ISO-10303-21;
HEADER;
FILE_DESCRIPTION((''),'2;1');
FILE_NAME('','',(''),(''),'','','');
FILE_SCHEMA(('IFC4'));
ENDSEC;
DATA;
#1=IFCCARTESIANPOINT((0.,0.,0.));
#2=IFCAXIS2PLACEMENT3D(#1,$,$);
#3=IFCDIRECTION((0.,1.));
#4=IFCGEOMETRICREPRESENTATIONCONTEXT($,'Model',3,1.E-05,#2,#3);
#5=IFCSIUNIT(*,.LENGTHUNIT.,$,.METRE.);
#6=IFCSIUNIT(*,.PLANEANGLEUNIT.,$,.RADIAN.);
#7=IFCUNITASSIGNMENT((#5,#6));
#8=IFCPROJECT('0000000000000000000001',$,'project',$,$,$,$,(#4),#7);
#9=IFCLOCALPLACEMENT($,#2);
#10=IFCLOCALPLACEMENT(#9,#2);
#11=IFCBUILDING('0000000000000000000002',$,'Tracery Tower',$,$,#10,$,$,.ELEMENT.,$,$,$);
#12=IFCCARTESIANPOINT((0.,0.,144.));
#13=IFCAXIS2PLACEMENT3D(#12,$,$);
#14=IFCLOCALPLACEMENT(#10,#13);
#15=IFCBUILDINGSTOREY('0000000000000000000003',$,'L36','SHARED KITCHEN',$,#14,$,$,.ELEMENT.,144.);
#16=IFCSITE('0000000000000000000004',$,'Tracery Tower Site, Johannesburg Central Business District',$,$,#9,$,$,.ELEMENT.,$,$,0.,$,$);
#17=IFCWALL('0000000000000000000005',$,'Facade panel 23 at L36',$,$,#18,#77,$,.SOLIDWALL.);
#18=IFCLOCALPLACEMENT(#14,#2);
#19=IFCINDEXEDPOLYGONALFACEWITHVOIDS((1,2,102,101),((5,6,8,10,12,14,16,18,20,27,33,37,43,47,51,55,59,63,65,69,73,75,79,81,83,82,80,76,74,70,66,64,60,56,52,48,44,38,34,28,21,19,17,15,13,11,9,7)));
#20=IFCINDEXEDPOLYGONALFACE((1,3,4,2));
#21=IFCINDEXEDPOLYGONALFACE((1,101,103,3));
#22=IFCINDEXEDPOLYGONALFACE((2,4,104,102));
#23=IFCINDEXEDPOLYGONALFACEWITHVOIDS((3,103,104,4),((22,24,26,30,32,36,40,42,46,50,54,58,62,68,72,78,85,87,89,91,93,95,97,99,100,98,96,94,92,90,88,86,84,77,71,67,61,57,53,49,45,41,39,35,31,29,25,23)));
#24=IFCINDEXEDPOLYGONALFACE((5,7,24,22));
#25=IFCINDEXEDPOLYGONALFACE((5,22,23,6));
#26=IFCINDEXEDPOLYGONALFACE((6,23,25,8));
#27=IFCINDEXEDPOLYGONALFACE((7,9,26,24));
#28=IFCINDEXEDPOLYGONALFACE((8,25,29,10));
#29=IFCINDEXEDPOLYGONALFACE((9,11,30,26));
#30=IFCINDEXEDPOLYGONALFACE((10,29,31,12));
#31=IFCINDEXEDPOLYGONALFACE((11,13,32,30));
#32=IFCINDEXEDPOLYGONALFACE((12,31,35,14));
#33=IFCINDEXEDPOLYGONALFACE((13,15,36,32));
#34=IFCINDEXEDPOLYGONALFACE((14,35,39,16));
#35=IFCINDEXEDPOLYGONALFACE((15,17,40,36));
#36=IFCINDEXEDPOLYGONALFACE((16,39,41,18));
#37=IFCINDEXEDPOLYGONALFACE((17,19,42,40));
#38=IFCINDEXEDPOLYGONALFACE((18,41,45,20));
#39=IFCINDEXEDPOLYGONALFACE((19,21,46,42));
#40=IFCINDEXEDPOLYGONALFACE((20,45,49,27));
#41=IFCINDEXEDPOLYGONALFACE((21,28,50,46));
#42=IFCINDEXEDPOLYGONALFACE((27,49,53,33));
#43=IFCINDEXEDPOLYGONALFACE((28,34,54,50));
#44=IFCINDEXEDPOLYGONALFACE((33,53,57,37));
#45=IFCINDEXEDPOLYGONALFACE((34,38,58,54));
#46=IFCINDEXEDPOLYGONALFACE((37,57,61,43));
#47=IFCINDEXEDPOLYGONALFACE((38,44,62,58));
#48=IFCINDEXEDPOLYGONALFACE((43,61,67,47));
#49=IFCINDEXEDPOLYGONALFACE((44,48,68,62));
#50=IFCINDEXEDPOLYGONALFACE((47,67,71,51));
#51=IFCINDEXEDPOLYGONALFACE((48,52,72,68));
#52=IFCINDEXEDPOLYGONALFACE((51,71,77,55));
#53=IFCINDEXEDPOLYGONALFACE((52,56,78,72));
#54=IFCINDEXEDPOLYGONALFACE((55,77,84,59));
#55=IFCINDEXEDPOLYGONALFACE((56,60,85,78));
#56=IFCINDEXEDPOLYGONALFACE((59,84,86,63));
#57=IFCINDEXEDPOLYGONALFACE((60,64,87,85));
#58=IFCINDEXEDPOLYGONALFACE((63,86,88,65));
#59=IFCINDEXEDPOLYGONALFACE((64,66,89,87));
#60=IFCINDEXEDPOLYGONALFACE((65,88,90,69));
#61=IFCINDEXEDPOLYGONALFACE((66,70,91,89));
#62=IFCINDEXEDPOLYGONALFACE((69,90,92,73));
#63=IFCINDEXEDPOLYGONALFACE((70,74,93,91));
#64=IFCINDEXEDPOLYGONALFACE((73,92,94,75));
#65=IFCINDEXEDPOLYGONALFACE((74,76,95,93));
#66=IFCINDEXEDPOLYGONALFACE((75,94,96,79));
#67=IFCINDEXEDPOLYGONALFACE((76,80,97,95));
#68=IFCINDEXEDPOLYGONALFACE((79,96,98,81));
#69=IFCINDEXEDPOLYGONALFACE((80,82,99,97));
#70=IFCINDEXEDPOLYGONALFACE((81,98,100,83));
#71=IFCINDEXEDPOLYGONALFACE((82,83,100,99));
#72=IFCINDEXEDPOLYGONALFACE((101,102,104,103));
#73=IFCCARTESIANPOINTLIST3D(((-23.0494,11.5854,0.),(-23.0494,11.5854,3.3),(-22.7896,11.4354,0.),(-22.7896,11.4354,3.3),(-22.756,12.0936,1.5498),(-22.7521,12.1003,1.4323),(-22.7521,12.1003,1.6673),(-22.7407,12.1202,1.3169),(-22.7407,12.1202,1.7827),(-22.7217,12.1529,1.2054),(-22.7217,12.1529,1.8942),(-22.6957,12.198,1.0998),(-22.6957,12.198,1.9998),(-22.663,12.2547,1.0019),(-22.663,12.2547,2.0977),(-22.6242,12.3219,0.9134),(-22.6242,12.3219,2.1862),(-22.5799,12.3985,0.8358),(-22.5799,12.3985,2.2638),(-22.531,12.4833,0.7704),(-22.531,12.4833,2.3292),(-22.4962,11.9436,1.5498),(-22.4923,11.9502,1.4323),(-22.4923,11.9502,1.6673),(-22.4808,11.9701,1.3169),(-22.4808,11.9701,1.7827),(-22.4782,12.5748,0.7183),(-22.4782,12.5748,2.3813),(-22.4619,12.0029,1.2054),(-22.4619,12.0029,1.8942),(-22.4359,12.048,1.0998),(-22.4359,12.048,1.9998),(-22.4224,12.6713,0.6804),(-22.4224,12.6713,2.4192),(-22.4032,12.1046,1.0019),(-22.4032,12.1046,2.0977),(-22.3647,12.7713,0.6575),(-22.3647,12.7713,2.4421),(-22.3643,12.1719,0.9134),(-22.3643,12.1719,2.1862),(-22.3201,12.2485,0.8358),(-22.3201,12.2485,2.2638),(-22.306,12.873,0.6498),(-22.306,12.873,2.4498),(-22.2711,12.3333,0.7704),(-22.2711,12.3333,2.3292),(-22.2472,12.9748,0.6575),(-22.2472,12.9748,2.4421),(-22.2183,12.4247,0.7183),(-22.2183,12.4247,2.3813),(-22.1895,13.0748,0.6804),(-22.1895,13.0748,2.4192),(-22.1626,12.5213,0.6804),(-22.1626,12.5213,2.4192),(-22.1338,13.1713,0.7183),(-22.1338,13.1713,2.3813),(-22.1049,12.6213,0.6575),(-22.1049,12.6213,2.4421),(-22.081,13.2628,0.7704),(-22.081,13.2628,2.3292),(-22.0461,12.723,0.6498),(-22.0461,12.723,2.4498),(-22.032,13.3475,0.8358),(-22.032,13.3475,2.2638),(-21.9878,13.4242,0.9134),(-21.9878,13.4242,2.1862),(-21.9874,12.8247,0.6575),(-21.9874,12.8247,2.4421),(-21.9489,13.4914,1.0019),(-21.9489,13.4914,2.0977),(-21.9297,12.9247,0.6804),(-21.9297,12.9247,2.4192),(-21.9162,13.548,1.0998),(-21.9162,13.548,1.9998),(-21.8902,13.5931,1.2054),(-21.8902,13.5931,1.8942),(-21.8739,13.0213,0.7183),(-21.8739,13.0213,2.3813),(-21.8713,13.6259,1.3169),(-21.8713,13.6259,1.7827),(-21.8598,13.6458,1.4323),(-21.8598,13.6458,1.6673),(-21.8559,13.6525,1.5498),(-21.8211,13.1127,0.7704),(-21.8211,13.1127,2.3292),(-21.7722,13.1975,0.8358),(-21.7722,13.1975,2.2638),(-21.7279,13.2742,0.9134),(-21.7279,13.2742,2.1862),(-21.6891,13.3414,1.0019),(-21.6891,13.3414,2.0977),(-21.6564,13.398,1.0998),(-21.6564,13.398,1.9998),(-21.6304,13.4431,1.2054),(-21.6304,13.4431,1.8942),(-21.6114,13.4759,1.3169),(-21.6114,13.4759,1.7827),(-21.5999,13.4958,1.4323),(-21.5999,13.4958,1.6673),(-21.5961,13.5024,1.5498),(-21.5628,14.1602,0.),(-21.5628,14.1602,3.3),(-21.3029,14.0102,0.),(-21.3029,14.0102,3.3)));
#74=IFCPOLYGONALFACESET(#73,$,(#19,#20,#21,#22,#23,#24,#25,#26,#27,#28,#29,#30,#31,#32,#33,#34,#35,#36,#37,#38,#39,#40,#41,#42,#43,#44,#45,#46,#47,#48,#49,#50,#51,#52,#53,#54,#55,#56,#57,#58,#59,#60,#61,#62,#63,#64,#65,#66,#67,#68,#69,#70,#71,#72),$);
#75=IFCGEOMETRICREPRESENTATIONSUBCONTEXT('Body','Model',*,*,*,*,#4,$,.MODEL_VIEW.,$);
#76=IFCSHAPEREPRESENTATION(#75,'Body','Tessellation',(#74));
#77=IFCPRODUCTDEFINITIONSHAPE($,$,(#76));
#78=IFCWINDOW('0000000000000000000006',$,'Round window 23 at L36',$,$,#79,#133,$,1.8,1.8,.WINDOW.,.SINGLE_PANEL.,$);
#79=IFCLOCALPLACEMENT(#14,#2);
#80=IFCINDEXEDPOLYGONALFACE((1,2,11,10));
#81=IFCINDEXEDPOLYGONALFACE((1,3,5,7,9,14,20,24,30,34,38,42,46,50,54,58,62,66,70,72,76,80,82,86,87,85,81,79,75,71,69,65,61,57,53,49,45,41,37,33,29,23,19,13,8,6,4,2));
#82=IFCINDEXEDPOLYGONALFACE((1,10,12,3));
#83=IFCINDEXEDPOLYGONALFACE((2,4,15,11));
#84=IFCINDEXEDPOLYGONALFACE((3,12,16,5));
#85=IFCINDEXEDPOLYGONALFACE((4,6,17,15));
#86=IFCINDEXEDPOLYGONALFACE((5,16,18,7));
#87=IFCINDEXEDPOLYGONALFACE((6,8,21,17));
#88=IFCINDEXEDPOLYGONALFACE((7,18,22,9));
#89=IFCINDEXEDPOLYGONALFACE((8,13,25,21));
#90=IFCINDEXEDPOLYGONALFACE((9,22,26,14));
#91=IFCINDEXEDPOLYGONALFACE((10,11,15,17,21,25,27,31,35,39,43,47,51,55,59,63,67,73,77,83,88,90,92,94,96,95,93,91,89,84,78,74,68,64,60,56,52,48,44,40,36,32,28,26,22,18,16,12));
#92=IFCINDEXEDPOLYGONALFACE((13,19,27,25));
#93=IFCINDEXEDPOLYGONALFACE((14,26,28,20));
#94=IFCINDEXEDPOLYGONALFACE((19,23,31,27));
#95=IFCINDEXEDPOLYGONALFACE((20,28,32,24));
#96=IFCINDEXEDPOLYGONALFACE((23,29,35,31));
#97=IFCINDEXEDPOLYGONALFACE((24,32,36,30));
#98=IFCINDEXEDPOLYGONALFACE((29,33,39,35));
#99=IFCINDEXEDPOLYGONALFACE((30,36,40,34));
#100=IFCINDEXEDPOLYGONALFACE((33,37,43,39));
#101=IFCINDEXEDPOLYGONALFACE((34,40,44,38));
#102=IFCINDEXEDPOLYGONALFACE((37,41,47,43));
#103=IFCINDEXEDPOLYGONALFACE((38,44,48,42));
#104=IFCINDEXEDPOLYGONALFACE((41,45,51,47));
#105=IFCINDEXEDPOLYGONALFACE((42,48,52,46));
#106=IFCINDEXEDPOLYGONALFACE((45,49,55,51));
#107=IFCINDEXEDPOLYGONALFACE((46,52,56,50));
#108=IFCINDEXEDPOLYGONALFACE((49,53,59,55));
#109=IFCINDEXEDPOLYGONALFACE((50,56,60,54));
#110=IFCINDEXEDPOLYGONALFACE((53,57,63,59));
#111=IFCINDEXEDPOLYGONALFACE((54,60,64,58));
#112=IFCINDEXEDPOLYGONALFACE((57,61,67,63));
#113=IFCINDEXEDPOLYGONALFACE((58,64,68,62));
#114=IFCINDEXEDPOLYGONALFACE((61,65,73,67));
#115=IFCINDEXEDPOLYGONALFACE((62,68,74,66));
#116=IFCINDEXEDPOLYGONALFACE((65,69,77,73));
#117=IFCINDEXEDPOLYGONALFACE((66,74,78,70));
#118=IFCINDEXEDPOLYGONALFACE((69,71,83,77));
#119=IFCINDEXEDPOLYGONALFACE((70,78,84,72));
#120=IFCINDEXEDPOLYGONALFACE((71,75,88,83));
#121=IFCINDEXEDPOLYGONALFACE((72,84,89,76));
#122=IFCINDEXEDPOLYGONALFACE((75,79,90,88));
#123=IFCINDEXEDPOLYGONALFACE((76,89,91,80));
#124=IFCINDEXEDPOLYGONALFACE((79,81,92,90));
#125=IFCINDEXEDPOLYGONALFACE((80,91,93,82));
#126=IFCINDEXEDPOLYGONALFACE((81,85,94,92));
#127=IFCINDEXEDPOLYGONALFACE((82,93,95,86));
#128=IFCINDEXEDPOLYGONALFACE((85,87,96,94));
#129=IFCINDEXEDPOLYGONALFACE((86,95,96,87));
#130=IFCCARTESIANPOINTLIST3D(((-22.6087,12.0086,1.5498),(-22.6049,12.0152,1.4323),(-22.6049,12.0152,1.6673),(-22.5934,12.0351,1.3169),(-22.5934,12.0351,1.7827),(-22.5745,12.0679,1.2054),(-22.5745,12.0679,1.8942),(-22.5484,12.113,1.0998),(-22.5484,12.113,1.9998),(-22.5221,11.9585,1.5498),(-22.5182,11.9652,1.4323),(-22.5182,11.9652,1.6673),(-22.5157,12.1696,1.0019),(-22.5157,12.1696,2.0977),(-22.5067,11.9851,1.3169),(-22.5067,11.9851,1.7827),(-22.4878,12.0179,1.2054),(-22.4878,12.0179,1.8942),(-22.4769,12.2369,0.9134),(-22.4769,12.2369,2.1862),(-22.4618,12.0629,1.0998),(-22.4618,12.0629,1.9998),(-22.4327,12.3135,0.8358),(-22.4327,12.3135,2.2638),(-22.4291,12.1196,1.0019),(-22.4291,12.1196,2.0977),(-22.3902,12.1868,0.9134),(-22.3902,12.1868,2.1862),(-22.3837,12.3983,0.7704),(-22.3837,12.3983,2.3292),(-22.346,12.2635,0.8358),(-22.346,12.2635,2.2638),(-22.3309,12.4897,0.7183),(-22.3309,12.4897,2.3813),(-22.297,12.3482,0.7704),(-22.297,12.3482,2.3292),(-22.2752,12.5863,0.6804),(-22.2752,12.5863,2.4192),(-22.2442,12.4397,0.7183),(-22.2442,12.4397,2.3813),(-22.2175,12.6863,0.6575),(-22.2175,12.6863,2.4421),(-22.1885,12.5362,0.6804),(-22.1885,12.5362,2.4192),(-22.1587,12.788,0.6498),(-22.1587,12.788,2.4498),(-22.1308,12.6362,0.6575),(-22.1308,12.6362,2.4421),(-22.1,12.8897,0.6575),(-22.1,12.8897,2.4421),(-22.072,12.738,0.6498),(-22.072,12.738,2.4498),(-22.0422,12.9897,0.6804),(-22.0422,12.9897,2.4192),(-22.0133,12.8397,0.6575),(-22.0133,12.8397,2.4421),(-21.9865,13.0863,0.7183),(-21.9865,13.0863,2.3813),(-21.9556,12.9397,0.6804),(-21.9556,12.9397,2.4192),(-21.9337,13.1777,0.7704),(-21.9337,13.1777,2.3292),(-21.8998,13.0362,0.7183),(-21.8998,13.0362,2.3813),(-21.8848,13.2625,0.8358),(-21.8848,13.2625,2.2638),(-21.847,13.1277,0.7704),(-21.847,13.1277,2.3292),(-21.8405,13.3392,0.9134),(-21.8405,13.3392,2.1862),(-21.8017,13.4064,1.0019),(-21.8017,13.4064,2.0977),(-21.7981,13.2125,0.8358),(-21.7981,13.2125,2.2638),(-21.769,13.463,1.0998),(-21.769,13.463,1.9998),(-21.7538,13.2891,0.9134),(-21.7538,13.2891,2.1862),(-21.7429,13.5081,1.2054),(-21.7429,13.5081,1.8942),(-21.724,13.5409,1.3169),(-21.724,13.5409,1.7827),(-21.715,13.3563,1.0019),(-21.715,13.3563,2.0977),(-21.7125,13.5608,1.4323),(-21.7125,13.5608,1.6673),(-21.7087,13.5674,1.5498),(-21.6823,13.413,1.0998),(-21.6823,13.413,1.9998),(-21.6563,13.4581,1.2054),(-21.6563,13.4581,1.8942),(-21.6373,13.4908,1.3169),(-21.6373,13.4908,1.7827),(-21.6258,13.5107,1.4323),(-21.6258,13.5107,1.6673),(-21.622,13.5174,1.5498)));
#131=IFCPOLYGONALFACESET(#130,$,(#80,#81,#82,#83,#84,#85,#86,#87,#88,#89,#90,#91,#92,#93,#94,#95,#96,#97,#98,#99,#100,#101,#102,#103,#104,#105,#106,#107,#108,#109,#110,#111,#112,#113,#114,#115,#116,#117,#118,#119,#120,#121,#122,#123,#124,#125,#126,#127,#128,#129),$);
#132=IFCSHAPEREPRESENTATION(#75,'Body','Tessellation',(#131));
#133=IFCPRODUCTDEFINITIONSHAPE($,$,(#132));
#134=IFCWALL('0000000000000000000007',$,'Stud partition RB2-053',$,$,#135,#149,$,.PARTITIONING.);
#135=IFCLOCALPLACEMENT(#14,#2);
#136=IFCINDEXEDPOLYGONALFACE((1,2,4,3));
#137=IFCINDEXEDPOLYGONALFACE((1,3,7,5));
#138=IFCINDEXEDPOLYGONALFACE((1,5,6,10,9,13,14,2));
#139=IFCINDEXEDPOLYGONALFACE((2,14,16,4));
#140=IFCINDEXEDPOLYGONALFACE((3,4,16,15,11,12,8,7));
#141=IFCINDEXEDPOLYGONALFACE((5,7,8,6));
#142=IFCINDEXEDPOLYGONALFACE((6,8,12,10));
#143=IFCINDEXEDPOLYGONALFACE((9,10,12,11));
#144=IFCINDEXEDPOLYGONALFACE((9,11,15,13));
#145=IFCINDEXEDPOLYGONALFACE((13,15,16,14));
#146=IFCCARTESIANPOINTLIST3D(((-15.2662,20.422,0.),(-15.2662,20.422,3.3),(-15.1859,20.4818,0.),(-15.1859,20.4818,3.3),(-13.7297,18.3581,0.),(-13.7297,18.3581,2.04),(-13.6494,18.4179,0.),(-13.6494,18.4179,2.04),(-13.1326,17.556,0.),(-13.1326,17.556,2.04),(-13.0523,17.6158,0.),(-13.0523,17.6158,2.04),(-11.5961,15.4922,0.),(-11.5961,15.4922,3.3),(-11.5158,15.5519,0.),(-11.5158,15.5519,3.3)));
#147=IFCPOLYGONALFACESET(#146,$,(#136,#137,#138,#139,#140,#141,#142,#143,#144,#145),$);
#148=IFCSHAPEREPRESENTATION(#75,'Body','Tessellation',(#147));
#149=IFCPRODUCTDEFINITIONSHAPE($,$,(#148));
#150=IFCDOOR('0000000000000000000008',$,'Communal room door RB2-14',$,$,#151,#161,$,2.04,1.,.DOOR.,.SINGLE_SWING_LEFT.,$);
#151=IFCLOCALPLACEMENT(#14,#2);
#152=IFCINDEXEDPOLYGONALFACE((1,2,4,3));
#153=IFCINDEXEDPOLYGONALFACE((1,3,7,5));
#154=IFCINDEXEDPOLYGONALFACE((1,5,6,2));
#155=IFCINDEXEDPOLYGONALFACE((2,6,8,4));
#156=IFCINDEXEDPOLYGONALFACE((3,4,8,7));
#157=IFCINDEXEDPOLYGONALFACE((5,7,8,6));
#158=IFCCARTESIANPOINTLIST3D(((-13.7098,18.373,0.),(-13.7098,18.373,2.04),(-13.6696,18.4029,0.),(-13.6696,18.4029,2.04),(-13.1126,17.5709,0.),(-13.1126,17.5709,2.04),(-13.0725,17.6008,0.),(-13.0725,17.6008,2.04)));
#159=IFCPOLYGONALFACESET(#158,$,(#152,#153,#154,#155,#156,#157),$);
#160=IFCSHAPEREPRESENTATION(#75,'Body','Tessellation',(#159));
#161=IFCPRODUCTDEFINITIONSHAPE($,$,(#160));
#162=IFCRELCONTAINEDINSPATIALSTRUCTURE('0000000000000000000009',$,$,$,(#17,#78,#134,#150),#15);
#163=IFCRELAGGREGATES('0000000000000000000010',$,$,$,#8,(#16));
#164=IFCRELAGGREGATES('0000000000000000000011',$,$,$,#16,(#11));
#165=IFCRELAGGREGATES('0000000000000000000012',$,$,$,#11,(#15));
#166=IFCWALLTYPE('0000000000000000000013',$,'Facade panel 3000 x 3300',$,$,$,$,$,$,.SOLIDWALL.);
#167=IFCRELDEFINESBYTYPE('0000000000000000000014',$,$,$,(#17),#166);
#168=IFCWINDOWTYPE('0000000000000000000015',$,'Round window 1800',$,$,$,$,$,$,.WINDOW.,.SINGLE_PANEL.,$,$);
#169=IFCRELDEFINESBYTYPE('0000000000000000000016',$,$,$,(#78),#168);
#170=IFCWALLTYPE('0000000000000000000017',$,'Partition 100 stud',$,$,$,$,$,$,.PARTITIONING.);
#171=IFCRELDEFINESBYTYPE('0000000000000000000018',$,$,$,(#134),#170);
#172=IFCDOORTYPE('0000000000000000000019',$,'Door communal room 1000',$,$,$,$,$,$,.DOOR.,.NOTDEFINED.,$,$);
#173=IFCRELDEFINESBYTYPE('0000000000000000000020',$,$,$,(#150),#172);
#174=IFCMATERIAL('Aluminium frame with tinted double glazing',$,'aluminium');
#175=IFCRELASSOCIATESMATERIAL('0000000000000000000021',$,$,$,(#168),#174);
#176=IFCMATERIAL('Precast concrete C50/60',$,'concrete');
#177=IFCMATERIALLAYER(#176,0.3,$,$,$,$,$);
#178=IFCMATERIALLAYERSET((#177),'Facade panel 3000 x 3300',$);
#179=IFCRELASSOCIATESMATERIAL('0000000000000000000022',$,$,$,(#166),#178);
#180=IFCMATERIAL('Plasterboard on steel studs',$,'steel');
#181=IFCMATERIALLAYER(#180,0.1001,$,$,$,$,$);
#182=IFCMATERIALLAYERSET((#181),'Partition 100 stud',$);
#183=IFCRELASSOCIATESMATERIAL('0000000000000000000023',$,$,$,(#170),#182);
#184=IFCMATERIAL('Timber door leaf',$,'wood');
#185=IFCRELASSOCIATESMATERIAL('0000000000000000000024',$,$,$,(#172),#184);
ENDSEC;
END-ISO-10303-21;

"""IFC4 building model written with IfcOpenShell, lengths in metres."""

from ifc_helpers import new_model, si_unit, direction, frame, frame_2d, origin, origin_2d, place, context, subcontext, project, spatial, rectangle, circle, extrude, material, layer, layer_set, type_object, element, fill, save


model = new_model("IFC4")

# Units and contexts
model_context = context("Model", 3, precision=1e-05, world=origin(), true_north=direction((0.0, 1.0)))
body_context = subcontext(model_context, "Body", "Model", "MODEL_VIEW")
ifc_project = project(units=[si_unit("LENGTHUNIT", "METRE"), si_unit("PLANEANGLEUNIT", "RADIAN")], contexts=[model_context])

# Site, building, storey
site_placement = place(None, origin())
site = spatial("IfcSite", under=ifc_project, at=site_placement, Name="Tracery Tower Site, Johannesburg Central Business District", CompositionType="ELEMENT", RefElevation=0.0)
building_placement = place(site_placement, origin())
building = spatial("IfcBuilding", under=site, at=building_placement, Name="Tracery Tower", CompositionType="ELEMENT")
storey_placement = place(building_placement, frame((0.0, 0.0, 144.0)))
storey = spatial("IfcBuildingStorey", under=building, at=storey_placement, Name="L36", Description="SHARED KITCHEN", CompositionType="ELEMENT", Elevation=144.0)

# Wall, opening, window
ifc_material_1 = material(Name="Aluminium frame with tinted double glazing", Category="aluminium")
window_type = type_object("IfcWindowType", Name="Round window 1800", PartitioningType="SINGLE_PANEL", PredefinedType="WINDOW", material=ifc_material_1)
ifc_material_2 = material(Name="Precast concrete C50/60", Category="concrete")
ifc_layer_1 = layer(ifc_material_2, 0.3)
ifc_layer_set_1 = layer_set([ifc_layer_1], Name="Facade panel 3000 x 3300")
wall_type_1 = type_object("IfcWallType", Name="Facade panel 3000 x 3300", PredefinedType="SOLIDWALL", material=ifc_layer_set_1)
wall_1_placement = place(storey_placement, frame((-21.4329, 14.0852, 0.0), z_axis=(0.0, 0.0, 1.0), x_axis=(-0.500016, -0.866016, 0.0)))
wall_1 = element("IfcWall", 1, at=wall_1_placement, inside=storey, type_object=wall_type_1, Name="Facade panel 23 at L36", PredefinedType="SOLIDWALL", context=body_context, shape_type="SweptSolid", body=[
    extrude(rectangle(XDim=2.9731, YDim=0.3, at=frame_2d((1.4866, 0.0))), origin(), (0.0, 0.0, 1.0), 3.3),
])
opening_1_placement = place(wall_1_placement, frame((1.4863, 0.0, 1.5498)))
opening_1 = element("IfcOpeningElement", 2, at=opening_1_placement, cuts=wall_1, PredefinedType="OPENING", context=body_context, shape_type="SweptSolid", body=[
    extrude(circle(Radius=0.9, at=origin_2d()), frame((0.0, 0.1599, 0.0), z_axis=(0.0, -1.0, 0.0), x_axis=(1.0, 0.0, 0.0)), (0.0, 0.0, 1.0), 0.3201),
])
window_1_placement = place(opening_1_placement, origin())
window_1 = element("IfcWindow", 3, at=window_1_placement, inside=storey, type_object=window_type, Name="Round window 23 at L36", OverallHeight=1.8, OverallWidth=1.8, PartitioningType="SINGLE_PANEL", PredefinedType="WINDOW", context=body_context, shape_type="SweptSolid", body=[
    extrude(circle(Radius=0.9, at=origin_2d()), frame((0.0, 0.1201, 0.0), z_axis=(0.0, -1.0, 0.0), x_axis=(1.0, 0.0, 0.0)), (0.0, 0.0, 1.0), 0.1001),
])
fill(opening_1, window_1)

# Wall, opening, door
ifc_material_3 = material(Name="Plasterboard on steel studs", Category="steel")
ifc_layer_2 = layer(ifc_material_3, 0.1001)
ifc_layer_set_2 = layer_set([ifc_layer_2], Name="Partition 100 stud")
wall_type_2 = type_object("IfcWallType", Name="Partition 100 stud", PredefinedType="PARTITIONING", material=ifc_layer_set_2)
wall_2_placement = place(storey_placement, frame((-15.2261, 20.4519, 0.0), z_axis=(0.0, 0.0, 1.0), x_axis=(0.597155, -0.802126, 0.0)))
wall_2 = element("IfcWall", 4, at=wall_2_placement, inside=storey, type_object=wall_type_2, Name="Stud partition RB2-053", PredefinedType="PARTITIONING", context=body_context, shape_type="SweptSolid", body=[
    extrude(rectangle(XDim=6.146, YDim=0.1001, at=frame_2d((3.073, 0.0))), origin(), (0.0, 0.0, 1.0), 3.3),
])
opening_2_placement = place(wall_2_placement, frame((2.573, 0.0, 0.0)))
opening_2 = element("IfcOpeningElement", 5, at=opening_2_placement, cuts=wall_2, PredefinedType="OPENING", context=body_context, shape_type="SweptSolid", body=[
    extrude(rectangle(XDim=1.0, YDim=2.04, at=frame_2d((0.5, 1.02))), frame((0.0, 0.05, 0.0), z_axis=(0.0, -1.0, 0.0), x_axis=(1.0, 0.0, 0.0)), (0.0, 0.0, 1.0), 0.1001),
])
ifc_material_4 = material(Name="Timber door leaf", Category="wood")
door_type_1 = type_object("IfcDoorType", Name="Door communal room 1000", OperationType="NOTDEFINED", PredefinedType="DOOR", material=ifc_material_4)
door_1_placement = place(opening_2_placement, origin())
door_1 = element("IfcDoor", 6, at=door_1_placement, inside=storey, type_object=door_type_1, Name="Communal room door RB2-14", OperationType="SINGLE_SWING_LEFT", OverallHeight=2.04, OverallWidth=1.0, PredefinedType="DOOR", context=body_context, shape_type="SweptSolid", body=[
    extrude(rectangle(XDim=1.0, YDim=2.04, at=frame_2d((0.5, 1.02))), frame((0.0, 0.0249, 0.0), z_axis=(0.0, -1.0, 0.0), x_axis=(1.0, 0.0, 0.0)), (0.0, 0.0, 1.0), 0.05),
])
fill(opening_2, door_1)

save(model, "model.ifc")
